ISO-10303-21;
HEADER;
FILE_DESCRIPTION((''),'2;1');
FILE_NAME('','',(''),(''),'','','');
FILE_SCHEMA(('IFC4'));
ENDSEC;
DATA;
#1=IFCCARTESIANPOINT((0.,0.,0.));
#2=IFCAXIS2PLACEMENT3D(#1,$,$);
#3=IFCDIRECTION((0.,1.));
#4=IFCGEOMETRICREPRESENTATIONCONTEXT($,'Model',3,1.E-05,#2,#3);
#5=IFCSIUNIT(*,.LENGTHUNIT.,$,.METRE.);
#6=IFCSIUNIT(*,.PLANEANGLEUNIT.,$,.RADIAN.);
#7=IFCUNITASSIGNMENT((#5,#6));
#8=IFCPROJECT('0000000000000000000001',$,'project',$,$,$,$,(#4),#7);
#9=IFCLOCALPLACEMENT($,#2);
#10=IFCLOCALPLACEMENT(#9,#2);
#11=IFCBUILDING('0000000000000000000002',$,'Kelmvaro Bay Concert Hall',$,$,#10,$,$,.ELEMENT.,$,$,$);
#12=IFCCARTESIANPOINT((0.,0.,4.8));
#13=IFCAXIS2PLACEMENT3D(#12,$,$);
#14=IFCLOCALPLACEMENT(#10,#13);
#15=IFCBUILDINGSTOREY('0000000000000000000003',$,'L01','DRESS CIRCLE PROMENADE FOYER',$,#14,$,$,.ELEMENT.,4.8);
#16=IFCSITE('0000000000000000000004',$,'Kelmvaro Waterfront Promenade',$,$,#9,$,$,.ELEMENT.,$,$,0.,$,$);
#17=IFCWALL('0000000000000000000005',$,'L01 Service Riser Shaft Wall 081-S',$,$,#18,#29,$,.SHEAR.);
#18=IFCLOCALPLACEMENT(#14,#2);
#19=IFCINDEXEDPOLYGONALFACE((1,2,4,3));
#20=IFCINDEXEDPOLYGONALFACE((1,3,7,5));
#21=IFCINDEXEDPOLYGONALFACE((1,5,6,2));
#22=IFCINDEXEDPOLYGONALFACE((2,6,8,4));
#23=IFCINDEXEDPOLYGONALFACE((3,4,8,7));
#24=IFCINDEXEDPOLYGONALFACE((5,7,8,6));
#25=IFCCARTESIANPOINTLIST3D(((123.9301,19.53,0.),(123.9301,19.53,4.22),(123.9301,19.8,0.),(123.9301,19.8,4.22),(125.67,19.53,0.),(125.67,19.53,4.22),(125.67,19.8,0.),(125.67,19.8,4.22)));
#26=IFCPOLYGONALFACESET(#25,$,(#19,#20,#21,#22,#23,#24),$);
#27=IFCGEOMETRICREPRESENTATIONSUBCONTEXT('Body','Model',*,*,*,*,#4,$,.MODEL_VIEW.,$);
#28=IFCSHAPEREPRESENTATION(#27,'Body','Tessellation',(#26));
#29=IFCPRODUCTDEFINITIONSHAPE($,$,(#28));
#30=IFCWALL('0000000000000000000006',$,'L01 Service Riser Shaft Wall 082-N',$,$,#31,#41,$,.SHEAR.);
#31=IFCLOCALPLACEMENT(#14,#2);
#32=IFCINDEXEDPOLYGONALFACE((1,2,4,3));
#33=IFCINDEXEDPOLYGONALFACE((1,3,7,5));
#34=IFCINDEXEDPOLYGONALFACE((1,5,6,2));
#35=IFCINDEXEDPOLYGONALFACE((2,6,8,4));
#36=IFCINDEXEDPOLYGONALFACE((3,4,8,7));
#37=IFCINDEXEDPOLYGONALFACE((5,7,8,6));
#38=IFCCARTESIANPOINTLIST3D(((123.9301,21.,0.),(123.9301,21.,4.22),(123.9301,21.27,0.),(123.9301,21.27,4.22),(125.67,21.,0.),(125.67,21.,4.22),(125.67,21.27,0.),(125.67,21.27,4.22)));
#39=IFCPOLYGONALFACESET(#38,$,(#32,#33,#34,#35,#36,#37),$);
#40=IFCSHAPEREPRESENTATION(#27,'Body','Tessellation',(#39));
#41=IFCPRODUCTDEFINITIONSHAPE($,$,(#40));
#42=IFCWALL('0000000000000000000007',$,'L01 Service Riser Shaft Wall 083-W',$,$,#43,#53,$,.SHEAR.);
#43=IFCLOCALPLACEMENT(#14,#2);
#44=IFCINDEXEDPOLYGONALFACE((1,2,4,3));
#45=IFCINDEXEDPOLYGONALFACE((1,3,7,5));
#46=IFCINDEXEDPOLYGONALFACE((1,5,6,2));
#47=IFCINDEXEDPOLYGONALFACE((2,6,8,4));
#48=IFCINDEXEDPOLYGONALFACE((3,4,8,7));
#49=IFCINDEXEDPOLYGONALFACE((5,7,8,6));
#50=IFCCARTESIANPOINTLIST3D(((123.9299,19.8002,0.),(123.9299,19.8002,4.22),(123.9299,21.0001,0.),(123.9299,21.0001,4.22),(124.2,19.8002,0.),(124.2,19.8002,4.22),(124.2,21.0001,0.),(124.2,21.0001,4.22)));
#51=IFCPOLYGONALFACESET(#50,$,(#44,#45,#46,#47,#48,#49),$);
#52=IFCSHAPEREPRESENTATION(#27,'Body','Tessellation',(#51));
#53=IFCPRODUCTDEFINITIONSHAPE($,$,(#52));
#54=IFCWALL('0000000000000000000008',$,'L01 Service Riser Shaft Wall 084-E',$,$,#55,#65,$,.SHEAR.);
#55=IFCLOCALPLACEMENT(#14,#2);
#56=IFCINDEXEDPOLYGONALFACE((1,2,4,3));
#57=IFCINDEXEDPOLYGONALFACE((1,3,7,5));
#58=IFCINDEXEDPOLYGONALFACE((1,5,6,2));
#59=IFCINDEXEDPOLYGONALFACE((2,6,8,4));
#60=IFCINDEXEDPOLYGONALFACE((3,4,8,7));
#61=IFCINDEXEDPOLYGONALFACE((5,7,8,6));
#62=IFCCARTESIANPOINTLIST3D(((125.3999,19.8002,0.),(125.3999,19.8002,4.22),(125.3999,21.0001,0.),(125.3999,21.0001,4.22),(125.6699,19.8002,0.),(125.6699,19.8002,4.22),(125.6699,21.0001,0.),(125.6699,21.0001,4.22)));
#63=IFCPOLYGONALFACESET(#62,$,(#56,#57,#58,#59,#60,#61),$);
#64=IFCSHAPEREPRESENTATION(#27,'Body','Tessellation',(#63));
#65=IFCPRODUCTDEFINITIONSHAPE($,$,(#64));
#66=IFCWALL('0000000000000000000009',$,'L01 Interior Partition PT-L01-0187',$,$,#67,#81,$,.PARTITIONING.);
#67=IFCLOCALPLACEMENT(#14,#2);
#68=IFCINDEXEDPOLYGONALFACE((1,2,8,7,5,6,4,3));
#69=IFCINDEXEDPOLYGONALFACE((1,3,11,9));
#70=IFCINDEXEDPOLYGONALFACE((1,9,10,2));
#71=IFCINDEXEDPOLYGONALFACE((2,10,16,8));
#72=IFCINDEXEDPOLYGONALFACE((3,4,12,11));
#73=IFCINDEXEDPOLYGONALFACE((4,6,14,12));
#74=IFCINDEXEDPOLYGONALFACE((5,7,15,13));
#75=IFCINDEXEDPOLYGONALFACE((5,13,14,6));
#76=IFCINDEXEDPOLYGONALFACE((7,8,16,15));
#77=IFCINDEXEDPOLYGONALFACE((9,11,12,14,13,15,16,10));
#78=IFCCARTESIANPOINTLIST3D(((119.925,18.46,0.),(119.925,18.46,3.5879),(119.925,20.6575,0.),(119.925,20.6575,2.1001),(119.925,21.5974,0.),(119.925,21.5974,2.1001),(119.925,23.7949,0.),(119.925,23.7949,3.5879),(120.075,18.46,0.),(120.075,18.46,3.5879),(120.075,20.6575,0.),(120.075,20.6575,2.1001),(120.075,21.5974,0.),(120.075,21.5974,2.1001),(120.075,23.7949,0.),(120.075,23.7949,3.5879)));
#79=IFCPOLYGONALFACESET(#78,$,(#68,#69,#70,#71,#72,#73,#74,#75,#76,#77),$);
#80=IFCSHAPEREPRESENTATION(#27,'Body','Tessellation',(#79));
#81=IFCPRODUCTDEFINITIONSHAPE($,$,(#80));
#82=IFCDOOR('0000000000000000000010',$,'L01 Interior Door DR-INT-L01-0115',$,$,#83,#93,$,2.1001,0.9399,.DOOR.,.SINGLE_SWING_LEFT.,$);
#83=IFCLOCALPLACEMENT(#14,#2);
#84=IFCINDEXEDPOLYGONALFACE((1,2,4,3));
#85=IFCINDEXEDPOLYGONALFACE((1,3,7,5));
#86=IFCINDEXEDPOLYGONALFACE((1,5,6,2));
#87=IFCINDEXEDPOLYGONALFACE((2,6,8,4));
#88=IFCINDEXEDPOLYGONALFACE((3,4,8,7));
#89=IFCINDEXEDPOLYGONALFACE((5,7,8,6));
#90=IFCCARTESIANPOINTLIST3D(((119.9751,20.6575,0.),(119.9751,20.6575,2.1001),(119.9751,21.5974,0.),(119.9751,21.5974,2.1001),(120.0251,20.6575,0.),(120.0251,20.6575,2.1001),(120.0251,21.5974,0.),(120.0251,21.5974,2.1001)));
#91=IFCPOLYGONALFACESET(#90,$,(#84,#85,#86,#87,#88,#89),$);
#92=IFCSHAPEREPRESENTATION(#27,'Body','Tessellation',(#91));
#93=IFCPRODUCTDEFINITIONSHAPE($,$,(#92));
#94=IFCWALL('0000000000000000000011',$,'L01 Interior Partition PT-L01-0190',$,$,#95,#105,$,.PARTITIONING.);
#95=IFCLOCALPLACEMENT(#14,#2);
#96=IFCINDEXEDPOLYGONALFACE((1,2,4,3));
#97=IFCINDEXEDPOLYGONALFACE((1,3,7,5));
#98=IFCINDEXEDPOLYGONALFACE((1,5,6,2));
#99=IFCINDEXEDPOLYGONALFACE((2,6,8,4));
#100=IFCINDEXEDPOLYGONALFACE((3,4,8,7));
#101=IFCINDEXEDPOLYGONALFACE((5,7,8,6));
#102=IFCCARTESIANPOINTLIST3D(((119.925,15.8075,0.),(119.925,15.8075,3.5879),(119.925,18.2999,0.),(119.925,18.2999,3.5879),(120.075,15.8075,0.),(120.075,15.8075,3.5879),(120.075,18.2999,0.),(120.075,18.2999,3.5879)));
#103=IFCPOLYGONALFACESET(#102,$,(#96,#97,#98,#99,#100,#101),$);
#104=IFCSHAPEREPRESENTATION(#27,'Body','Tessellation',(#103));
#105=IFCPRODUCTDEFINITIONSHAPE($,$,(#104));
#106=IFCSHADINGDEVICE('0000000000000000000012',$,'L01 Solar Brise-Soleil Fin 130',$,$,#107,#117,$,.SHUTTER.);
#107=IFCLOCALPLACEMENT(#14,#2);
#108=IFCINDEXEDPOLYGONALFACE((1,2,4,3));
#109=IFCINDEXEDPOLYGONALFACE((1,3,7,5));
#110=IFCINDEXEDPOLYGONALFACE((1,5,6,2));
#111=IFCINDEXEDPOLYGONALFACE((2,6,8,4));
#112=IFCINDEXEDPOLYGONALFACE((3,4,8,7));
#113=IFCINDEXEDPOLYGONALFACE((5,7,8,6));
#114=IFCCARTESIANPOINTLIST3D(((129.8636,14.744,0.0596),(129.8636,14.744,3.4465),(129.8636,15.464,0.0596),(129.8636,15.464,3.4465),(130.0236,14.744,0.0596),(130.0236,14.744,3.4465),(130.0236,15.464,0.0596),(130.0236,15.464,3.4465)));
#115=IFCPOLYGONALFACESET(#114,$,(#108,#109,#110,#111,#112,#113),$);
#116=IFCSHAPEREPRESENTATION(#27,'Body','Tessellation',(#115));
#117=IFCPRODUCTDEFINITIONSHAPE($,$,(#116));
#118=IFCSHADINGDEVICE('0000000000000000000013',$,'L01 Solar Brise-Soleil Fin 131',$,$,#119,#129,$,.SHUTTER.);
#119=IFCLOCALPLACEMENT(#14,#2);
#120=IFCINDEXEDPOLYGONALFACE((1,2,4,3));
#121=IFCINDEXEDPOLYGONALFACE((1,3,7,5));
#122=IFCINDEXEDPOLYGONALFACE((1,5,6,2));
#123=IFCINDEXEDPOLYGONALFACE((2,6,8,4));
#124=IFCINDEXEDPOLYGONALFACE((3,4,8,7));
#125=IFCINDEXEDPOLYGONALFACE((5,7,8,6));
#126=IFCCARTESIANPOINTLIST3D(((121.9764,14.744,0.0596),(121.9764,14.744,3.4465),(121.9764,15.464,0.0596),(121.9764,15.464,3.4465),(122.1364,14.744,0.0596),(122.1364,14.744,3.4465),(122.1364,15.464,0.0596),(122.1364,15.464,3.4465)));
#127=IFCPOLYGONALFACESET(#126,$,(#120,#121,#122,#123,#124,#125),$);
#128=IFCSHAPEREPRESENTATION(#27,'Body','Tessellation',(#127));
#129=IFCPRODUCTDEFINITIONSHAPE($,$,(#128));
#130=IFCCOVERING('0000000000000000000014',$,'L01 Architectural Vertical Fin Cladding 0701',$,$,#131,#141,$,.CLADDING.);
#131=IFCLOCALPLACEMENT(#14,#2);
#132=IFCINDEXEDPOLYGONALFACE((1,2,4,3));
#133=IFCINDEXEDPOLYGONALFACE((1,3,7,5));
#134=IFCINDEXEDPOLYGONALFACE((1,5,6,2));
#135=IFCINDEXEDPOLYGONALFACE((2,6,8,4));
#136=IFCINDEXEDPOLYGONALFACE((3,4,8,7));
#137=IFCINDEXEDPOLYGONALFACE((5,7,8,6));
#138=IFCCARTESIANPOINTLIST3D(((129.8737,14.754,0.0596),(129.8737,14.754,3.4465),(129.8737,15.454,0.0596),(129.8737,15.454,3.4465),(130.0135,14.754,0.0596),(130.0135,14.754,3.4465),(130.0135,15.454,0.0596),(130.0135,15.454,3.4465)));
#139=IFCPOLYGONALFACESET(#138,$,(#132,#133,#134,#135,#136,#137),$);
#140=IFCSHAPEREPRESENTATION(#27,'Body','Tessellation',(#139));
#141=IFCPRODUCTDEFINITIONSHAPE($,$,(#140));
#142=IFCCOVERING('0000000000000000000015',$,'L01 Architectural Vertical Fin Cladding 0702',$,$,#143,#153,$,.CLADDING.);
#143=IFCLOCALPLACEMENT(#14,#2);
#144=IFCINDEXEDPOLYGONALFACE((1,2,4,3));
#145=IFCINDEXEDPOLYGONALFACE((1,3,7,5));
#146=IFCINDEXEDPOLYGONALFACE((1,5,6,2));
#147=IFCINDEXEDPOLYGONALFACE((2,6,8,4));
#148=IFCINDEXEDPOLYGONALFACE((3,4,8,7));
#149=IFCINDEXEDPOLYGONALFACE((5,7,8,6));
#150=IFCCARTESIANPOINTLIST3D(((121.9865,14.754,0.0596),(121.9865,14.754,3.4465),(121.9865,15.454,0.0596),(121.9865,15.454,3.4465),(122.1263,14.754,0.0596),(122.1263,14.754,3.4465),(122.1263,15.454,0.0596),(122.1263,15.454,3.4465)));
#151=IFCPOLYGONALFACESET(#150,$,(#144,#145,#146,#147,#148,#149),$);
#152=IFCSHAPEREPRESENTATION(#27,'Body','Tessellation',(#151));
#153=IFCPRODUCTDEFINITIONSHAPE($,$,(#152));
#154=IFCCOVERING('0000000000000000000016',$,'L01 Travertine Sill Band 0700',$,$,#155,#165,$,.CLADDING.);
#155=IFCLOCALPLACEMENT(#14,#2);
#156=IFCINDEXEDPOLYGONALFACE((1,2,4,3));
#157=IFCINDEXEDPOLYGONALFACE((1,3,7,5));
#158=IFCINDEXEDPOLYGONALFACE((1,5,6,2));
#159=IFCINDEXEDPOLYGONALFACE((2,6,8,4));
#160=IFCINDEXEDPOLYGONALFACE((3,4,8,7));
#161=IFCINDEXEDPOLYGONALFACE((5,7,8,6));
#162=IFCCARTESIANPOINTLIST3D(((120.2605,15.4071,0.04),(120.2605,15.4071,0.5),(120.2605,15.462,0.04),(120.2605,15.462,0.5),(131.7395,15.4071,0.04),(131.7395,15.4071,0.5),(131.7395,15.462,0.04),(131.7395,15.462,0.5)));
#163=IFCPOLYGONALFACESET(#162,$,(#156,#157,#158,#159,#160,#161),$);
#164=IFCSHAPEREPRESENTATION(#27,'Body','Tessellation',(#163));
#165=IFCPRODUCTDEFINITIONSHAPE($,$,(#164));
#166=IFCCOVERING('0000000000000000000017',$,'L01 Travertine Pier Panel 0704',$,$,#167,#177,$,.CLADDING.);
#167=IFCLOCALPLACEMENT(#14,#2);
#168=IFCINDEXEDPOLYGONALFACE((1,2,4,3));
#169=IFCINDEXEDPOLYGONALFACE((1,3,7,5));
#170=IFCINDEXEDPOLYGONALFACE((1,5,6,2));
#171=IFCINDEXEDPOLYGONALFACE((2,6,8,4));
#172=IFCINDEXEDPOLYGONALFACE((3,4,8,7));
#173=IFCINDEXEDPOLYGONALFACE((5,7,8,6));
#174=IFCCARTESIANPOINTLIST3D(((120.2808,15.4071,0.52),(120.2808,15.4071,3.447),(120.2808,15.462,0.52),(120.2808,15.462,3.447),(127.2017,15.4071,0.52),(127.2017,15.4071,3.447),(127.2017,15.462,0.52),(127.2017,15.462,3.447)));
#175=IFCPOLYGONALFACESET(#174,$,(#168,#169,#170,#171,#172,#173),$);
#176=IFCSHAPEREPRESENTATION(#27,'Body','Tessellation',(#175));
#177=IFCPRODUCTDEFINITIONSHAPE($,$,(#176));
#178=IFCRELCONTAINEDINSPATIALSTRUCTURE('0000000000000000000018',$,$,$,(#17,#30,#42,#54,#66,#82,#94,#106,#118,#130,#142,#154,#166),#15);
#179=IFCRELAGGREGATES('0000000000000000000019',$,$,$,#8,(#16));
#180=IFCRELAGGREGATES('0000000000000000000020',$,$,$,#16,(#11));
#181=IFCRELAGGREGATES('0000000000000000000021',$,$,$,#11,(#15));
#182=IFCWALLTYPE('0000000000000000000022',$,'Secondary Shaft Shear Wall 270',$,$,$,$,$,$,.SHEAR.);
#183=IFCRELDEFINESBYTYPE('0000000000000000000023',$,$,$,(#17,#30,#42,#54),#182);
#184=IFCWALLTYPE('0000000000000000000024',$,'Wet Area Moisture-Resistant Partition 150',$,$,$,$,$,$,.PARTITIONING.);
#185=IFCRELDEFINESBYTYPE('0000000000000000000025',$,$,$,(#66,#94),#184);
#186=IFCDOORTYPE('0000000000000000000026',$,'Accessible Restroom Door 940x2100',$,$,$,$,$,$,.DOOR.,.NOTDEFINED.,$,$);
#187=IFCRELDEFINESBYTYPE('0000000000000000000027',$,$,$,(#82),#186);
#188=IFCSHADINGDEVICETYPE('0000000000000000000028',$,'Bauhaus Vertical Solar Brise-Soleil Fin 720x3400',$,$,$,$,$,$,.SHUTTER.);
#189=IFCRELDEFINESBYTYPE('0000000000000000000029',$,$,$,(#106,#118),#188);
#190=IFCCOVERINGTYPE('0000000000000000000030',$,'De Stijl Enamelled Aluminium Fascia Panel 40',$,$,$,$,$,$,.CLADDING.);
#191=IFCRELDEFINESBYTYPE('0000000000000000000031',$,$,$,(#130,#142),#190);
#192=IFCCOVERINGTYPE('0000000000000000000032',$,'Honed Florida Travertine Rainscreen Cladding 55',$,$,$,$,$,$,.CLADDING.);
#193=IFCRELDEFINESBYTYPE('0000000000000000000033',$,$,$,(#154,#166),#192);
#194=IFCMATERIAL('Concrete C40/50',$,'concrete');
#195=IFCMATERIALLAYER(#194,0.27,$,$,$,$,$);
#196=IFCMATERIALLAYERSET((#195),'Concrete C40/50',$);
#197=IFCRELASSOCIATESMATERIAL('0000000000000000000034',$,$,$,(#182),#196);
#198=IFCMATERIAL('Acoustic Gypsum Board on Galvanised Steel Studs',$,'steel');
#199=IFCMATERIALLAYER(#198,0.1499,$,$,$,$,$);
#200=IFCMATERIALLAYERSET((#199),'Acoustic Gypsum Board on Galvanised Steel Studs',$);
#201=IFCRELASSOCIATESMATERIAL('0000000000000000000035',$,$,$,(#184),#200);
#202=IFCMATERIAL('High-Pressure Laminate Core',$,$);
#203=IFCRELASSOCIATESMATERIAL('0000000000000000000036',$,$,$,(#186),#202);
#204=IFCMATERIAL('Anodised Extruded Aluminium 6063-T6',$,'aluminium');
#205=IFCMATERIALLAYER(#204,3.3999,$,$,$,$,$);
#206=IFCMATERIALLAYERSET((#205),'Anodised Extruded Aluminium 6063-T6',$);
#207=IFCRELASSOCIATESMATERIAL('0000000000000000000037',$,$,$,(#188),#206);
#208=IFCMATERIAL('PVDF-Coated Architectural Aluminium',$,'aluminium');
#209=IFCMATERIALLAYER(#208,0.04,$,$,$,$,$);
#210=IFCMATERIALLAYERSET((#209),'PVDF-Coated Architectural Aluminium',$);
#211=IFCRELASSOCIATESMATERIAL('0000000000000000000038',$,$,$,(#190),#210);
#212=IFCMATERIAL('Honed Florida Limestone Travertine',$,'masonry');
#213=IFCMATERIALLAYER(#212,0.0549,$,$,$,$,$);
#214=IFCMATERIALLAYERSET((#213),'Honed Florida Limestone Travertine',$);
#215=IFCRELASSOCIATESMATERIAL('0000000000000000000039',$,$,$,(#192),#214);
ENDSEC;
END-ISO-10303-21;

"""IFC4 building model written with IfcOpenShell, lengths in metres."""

from ifc_helpers import new_model, si_unit, direction, frame, frame_2d, origin, origin_2d, place, context, subcontext, project, spatial, rectangle, extrude, material, layer, layer_set, type_object, element, fill, save


model = new_model("IFC4")

# Units and contexts
model_context = context("Model", 3, precision=1e-05, world=origin(), true_north=direction((0.0, 1.0)))
body_context = subcontext(model_context, "Body", "Model", "MODEL_VIEW")
ifc_project = project(units=[si_unit("LENGTHUNIT", "METRE"), si_unit("PLANEANGLEUNIT", "RADIAN")], contexts=[model_context])

# Site, building, storey
site_placement = place(None, origin())
site = spatial("IfcSite", under=ifc_project, at=site_placement, Name="Kelmvaro Waterfront Promenade", CompositionType="ELEMENT", RefElevation=0.0)
building_placement = place(site_placement, origin())
building = spatial("IfcBuilding", under=site, at=building_placement, Name="Kelmvaro Bay Concert Hall", CompositionType="ELEMENT")
storey_placement = place(building_placement, frame((0.0, 0.0, 4.8)))
storey = spatial("IfcBuildingStorey", under=building, at=storey_placement, Name="L01", Description="DRESS CIRCLE PROMENADE FOYER", CompositionType="ELEMENT", Elevation=4.8)

# Walls
ifc_material_1 = material(Name="Concrete C40/50", Category="concrete")
ifc_layer_1 = layer(ifc_material_1, 0.27)
ifc_layer_set_1 = layer_set([ifc_layer_1], Name="Concrete C40/50")
wall_type_1 = type_object("IfcWallType", Name="Secondary Shaft Shear Wall 270", PredefinedType="SHEAR", material=ifc_layer_set_1)
for number, where, z_axis, x_axis, name in (
    (1, (123.9299, 19.665, 0.0), (0.0, 0.0, 1.0), (1.0, 0.0, 0.0), "L01 Service Riser Shaft Wall 081-S"),
    (2, (123.9299, 21.135, 0.0), (0.0, 0.0, 1.0), (1.0, 0.0, 0.0), "L01 Service Riser Shaft Wall 082-N"),
):
    element("IfcWall", number, at=place(storey_placement, frame(where, z_axis=z_axis, x_axis=x_axis)), inside=storey, type_object=wall_type_1, Name=name, PredefinedType="SHEAR", context=body_context, shape_type="SweptSolid", body=[
        extrude(rectangle(XDim=1.74, YDim=0.27, at=frame_2d((0.8701, 0.0))), origin(), (0.0, 0.0, 1.0), 4.22),
    ])
for number, where, z_axis, x_axis, name in (
    (3, (124.0649, 19.8, 0.0), (0.0, 0.0, 1.0), (0.0, 1.0, 0.0), "L01 Service Riser Shaft Wall 083-W"),
    (4, (125.5349, 19.8, 0.0), (0.0, 0.0, 1.0), (0.0, 1.0, 0.0), "L01 Service Riser Shaft Wall 084-E"),
):
    element("IfcWall", number, at=place(storey_placement, frame(where, z_axis=z_axis, x_axis=x_axis)), inside=storey, type_object=wall_type_1, Name=name, PredefinedType="SHEAR", context=body_context, shape_type="SweptSolid", body=[
        extrude(rectangle(XDim=1.2, YDim=0.27, at=frame_2d((0.6001, 0.0))), origin(), (0.0, 0.0, 1.0), 4.22),
    ])

# Wall, opening, door
ifc_material_2 = material(Name="Acoustic Gypsum Board on Galvanised Steel Studs", Category="steel")
ifc_layer_2 = layer(ifc_material_2, 0.1499)
ifc_layer_set_2 = layer_set([ifc_layer_2], Name="Acoustic Gypsum Board on Galvanised Steel Studs")
wall_type_2 = type_object("IfcWallType", Name="Wet Area Moisture-Resistant Partition 150", PredefinedType="PARTITIONING", material=ifc_layer_set_2)
wall_1_placement = place(storey_placement, frame((120.0, 18.46, 0.0), z_axis=(0.0, 0.0, 1.0), x_axis=(0.0, 1.0, 0.0)))
wall_1 = element("IfcWall", 5, at=wall_1_placement, inside=storey, type_object=wall_type_2, Name="L01 Interior Partition PT-L01-0187", PredefinedType="PARTITIONING", context=body_context, shape_type="SweptSolid", body=[
    extrude(rectangle(XDim=5.335, YDim=0.1499, at=frame_2d((2.6675, 0.0))), origin(), (0.0, 0.0, 1.0), 3.5879),
])
opening_1_placement = place(wall_1_placement, frame((2.1975, 0.0, 0.0)))
opening_1 = element("IfcOpeningElement", 6, at=opening_1_placement, cuts=wall_1, PredefinedType="OPENING", context=body_context, shape_type="SweptSolid", body=[
    extrude(rectangle(XDim=0.9399, YDim=2.1001, at=frame_2d((0.47, 1.05))), frame((0.0, 0.085, 0.0), z_axis=(0.0, -1.0, 0.0), x_axis=(1.0, 0.0, 0.0)), (0.0, 0.0, 1.0), 0.1699),
])
ifc_material_3 = material(Name="High-Pressure Laminate Core")
door_type_1 = type_object("IfcDoorType", Name="Accessible Restroom Door 940x2100", OperationType="NOTDEFINED", PredefinedType="DOOR", material=ifc_material_3)
door_1_placement = place(opening_1_placement, origin())
door_1 = element("IfcDoor", 7, at=door_1_placement, inside=storey, type_object=door_type_1, Name="L01 Interior Door DR-INT-L01-0115", OperationType="SINGLE_SWING_LEFT", OverallHeight=2.1001, OverallWidth=0.9399, PredefinedType="DOOR", context=body_context, shape_type="SweptSolid", body=[
    extrude(rectangle(XDim=0.9399, YDim=2.1001, at=frame_2d((0.47, 1.05))), frame((0.0, 0.0249, 0.0), z_axis=(0.0, -1.0, 0.0), x_axis=(1.0, 0.0, 0.0)), (0.0, 0.0, 1.0), 0.05),
])
fill(opening_1, door_1)

# Wall
wall_2_placement = place(storey_placement, frame((120.0, 15.8076, 0.0), z_axis=(0.0, 0.0, 1.0), x_axis=(0.0, 1.0, 0.0)))
element("IfcWall", 8, at=wall_2_placement, inside=storey, type_object=wall_type_2, Name="L01 Interior Partition PT-L01-0190", PredefinedType="PARTITIONING", context=body_context, shape_type="SweptSolid", body=[
    extrude(rectangle(XDim=2.4924, YDim=0.1499, at=frame_2d((1.2461, 0.0))), origin(), (0.0, 0.0, 1.0), 3.5879),
])

# Shading devices
ifc_material_4 = material(Name="Anodised Extruded Aluminium 6063-T6", Category="aluminium")
ifc_layer_3 = layer(ifc_material_4, 3.3999)
ifc_layer_set_3 = layer_set([ifc_layer_3], Name="Anodised Extruded Aluminium 6063-T6")
shading_device_type = type_object("IfcShadingDeviceType", Name="Bauhaus Vertical Solar Brise-Soleil Fin 720x3400", PredefinedType="SHUTTER", material=ifc_layer_set_3)
for number, where, z_axis, x_axis, name in (
    (9, (129.9436, 15.104, 0.0596), (0.0, 0.0, 1.0), (-1.0, 0.0, 0.0), "L01 Solar Brise-Soleil Fin 130"),
    (10, (122.0564, 15.104, 0.0596), (0.0, 0.0, 1.0), (-1.0, 0.0, 0.0), "L01 Solar Brise-Soleil Fin 131"),
):
    element("IfcShadingDevice", number, at=place(storey_placement, frame(where, z_axis=z_axis, x_axis=x_axis)), inside=storey, type_object=shading_device_type, Name=name, PredefinedType="SHUTTER", context=body_context, shape_type="SweptSolid", body=[
        extrude(rectangle(XDim=0.1599, YDim=0.72, at=origin_2d()), origin(), (0.0, 0.0, 1.0), 3.387),
    ])

# Coverings
ifc_material_5 = material(Name="PVDF-Coated Architectural Aluminium", Category="aluminium")
ifc_layer_4 = layer(ifc_material_5, 0.04)
ifc_layer_set_4 = layer_set([ifc_layer_4], Name="PVDF-Coated Architectural Aluminium")
covering_type_1 = type_object("IfcCoveringType", Name="De Stijl Enamelled Aluminium Fascia Panel 40", PredefinedType="CLADDING", material=ifc_layer_set_4)
for number, where, z_axis, x_axis, name in (
    (11, (129.9436, 15.104, 0.0596), (0.0, 0.0, 1.0), (-1.0, 0.0, 0.0), "L01 Architectural Vertical Fin Cladding 0701"),
    (12, (122.0564, 15.104, 0.0596), (0.0, 0.0, 1.0), (-1.0, 0.0, 0.0), "L01 Architectural Vertical Fin Cladding 0702"),
):
    element("IfcCovering", number, at=place(storey_placement, frame(where, z_axis=z_axis, x_axis=x_axis)), inside=storey, type_object=covering_type_1, Name=name, PredefinedType="CLADDING", context=body_context, shape_type="SweptSolid", body=[
        extrude(rectangle(XDim=0.1399, YDim=0.7, at=origin_2d()), origin(), (0.0, 0.0, 1.0), 3.387),
    ])
ifc_material_6 = material(Name="Honed Florida Limestone Travertine", Category="masonry")
ifc_layer_5 = layer(ifc_material_6, 0.0549)
ifc_layer_set_5 = layer_set([ifc_layer_5], Name="Honed Florida Limestone Travertine")
covering_type_2 = type_object("IfcCoveringType", Name="Honed Florida Travertine Rainscreen Cladding 55", PredefinedType="CLADDING", material=ifc_layer_set_5)
covering_1_placement = place(storey_placement, frame((126.0, 15.4346, 0.04), z_axis=(0.0, 0.0, 1.0), x_axis=(-1.0, 0.0, 0.0)))
element("IfcCovering", 13, at=covering_1_placement, inside=storey, type_object=covering_type_2, Name="L01 Travertine Sill Band 0700", PredefinedType="CLADDING", context=body_context, shape_type="SweptSolid", body=[
    extrude(rectangle(XDim=11.479, YDim=0.0549, at=origin_2d()), origin(), (0.0, 0.0, 1.0), 0.46),
])
covering_2_placement = place(storey_placement, frame((123.7412, 15.4346, 0.52), z_axis=(0.0, 0.0, 1.0), x_axis=(-1.0, 0.0, 0.0)))
element("IfcCovering", 14, at=covering_2_placement, inside=storey, type_object=covering_type_2, Name="L01 Travertine Pier Panel 0704", PredefinedType="CLADDING", context=body_context, shape_type="SweptSolid", body=[
    extrude(rectangle(XDim=6.9209, YDim=0.0549, at=origin_2d()), origin(), (0.0, 0.0, 1.0), 2.927),
])

save(model, "model.ifc")
